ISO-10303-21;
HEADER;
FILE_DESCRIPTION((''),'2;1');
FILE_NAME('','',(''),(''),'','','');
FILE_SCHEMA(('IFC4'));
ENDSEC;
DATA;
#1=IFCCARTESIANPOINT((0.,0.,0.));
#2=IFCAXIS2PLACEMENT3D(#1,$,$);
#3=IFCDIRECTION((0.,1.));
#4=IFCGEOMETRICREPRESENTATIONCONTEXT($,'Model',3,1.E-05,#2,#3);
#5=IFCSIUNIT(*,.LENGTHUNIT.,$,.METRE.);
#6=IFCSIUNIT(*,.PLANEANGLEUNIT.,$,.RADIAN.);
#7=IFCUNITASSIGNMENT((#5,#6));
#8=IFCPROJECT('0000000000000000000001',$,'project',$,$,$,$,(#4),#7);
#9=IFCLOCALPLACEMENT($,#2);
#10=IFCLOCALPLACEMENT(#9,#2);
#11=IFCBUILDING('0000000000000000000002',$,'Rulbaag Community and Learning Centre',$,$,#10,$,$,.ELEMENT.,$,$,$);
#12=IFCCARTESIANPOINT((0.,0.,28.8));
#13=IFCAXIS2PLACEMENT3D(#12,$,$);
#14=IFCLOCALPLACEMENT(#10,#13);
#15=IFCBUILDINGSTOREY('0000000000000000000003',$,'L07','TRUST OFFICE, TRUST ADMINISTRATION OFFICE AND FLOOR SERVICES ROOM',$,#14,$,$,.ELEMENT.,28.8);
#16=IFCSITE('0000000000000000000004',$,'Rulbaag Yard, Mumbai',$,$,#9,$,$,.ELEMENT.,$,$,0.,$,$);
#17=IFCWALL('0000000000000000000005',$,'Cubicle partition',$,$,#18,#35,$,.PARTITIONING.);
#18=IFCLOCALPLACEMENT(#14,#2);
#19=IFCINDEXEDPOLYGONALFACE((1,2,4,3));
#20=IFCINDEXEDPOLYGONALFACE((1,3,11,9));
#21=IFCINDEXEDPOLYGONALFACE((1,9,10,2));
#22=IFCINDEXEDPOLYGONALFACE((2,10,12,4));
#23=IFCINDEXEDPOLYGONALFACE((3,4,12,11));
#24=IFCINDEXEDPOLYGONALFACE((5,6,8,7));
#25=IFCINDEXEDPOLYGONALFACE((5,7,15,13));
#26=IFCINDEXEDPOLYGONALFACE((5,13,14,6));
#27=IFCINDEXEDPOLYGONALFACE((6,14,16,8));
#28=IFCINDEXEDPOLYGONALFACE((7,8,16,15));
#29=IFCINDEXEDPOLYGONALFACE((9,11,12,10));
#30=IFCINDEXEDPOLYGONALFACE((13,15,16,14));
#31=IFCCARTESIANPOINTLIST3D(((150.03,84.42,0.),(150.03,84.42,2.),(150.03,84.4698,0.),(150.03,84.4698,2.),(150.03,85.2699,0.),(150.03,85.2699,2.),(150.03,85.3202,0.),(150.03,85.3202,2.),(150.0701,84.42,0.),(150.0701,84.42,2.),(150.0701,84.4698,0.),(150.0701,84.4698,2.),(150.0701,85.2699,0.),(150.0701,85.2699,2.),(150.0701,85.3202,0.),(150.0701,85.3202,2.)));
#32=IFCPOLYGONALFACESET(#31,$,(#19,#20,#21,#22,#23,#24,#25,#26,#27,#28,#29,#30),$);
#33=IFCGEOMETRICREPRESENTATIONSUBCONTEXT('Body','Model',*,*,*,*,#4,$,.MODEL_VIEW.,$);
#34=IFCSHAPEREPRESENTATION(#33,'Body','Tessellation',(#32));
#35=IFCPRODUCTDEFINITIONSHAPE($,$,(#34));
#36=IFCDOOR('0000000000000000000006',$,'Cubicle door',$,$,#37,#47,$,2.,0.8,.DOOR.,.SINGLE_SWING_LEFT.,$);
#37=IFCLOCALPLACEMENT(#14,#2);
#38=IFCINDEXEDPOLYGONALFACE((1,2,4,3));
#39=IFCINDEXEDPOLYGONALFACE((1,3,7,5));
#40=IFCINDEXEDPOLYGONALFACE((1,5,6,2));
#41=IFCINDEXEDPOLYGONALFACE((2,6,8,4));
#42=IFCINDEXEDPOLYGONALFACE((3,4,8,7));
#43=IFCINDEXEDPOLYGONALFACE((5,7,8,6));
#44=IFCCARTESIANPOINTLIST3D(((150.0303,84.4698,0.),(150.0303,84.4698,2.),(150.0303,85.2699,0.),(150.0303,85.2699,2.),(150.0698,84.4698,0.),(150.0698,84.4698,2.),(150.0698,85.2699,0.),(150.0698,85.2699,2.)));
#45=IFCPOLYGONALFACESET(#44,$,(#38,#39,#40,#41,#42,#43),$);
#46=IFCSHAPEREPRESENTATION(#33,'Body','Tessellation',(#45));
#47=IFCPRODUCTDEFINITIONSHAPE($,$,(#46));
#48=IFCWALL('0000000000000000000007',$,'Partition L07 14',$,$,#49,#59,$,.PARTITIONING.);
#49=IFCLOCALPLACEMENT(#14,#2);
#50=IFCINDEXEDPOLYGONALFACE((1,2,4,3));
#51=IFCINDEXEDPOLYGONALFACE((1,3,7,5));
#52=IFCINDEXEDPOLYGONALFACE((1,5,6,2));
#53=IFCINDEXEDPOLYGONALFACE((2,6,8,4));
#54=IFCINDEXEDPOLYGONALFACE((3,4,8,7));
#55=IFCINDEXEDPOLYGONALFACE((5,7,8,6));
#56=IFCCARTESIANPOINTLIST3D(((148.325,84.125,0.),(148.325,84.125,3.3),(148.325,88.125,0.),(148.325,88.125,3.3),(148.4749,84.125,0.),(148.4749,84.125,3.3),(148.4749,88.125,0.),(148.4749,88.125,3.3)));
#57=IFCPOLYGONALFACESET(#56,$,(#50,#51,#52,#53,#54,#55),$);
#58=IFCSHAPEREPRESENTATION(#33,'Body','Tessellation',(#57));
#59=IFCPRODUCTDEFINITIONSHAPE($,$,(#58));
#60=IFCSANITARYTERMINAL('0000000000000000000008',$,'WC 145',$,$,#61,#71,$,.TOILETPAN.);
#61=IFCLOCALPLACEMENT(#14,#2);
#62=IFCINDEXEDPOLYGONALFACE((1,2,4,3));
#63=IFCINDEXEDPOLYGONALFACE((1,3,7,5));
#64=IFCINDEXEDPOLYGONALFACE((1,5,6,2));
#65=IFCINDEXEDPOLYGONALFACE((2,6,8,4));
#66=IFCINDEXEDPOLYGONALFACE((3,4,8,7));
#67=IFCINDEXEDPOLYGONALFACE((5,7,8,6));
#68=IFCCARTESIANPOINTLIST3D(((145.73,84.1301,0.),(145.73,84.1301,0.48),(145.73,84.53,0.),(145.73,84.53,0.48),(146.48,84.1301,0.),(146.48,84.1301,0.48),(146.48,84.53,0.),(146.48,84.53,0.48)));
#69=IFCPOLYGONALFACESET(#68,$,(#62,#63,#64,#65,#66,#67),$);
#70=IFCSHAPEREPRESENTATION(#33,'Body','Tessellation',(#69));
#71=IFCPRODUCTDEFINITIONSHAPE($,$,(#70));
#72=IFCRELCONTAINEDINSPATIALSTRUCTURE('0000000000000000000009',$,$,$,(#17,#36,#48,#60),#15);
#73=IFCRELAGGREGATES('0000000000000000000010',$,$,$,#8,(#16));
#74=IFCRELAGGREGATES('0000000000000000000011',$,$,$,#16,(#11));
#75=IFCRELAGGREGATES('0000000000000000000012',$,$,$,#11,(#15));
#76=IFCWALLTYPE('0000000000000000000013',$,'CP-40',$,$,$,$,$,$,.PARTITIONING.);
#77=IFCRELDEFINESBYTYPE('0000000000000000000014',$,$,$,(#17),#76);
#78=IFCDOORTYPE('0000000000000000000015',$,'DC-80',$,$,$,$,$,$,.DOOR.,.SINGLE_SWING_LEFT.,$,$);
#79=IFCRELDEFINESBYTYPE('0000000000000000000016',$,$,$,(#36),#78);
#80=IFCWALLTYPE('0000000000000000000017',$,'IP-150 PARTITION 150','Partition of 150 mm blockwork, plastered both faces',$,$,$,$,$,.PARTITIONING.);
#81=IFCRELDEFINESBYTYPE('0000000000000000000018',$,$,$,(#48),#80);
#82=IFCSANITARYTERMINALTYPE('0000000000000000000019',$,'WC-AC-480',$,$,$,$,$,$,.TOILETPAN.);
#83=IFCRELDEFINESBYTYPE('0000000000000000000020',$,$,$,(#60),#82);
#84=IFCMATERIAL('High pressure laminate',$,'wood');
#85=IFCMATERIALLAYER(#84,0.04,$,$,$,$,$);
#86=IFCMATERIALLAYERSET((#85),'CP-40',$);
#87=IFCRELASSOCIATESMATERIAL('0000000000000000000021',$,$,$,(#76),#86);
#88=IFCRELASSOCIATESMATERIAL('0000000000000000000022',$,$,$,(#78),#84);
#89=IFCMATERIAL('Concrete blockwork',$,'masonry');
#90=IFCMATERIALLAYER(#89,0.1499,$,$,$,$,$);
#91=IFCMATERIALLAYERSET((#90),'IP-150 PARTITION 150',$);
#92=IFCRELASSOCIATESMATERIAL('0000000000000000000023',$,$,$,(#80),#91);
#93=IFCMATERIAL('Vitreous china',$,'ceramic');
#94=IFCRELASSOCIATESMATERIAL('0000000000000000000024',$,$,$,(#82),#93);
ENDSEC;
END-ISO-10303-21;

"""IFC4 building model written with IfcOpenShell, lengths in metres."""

from ifc_helpers import new_model, si_unit, direction, frame, frame_2d, origin, origin_2d, place, context, subcontext, project, spatial, rectangle, extrude, material, layer, layer_set, type_object, element, fill, save


model = new_model("IFC4")

# Units and contexts
model_context = context("Model", 3, precision=1e-05, world=origin(), true_north=direction((0.0, 1.0)))
body_context = subcontext(model_context, "Body", "Model", "MODEL_VIEW")
ifc_project = project(units=[si_unit("LENGTHUNIT", "METRE"), si_unit("PLANEANGLEUNIT", "RADIAN")], contexts=[model_context])

# Site, building, storey
site_placement = place(None, origin())
site = spatial("IfcSite", under=ifc_project, at=site_placement, Name="Rulbaag Yard, Mumbai", CompositionType="ELEMENT", RefElevation=0.0)
building_placement = place(site_placement, origin())
building = spatial("IfcBuilding", under=site, at=building_placement, Name="Rulbaag Community and Learning Centre", CompositionType="ELEMENT")
storey_placement = place(building_placement, frame((0.0, 0.0, 28.8)))
storey = spatial("IfcBuildingStorey", under=building, at=storey_placement, Name="L07", Description="TRUST OFFICE, TRUST ADMINISTRATION OFFICE AND FLOOR SERVICES ROOM", CompositionType="ELEMENT", Elevation=28.8)

# Shared definitions
ifc_material_1 = material(Name="High pressure laminate", Category="wood")
ifc_layer_1 = layer(ifc_material_1, 0.04)
ifc_layer_set_1 = layer_set([ifc_layer_1], Name="CP-40")
wall_type_1 = type_object("IfcWallType", Name="CP-40", PredefinedType="PARTITIONING", material=ifc_layer_set_1)

# Wall, opening, door
wall_1_placement = place(storey_placement, frame((150.05, 84.4199, 0.0), z_axis=(0.0, 0.0, 1.0), x_axis=(0.0, 1.0, 0.0)))
wall_1 = element("IfcWall", 1, at=wall_1_placement, inside=storey, type_object=wall_type_1, Name="Cubicle partition", PredefinedType="PARTITIONING", context=body_context, shape_type="SweptSolid", body=[
    extrude(rectangle(XDim=0.9001, YDim=0.04, at=frame_2d((0.4502, 0.0))), origin(), (0.0, 0.0, 1.0), 2.0),
])
opening_placement = place(wall_1_placement, frame((0.05, 0.0, 0.0)))
opening = element("IfcOpeningElement", 2, at=opening_placement, cuts=wall_1, PredefinedType="OPENING", context=body_context, shape_type="SweptSolid", body=[
    extrude(rectangle(XDim=0.8, YDim=2.0, at=frame_2d((0.3999, 1.0))), frame((0.0, 0.03, 0.0), z_axis=(0.0, -1.0, 0.0), x_axis=(1.0, 0.0, 0.0)), (0.0, 0.0, 1.0), 0.0601),
])
door_type = type_object("IfcDoorType", Name="DC-80", OperationType="SINGLE_SWING_LEFT", PredefinedType="DOOR", material=ifc_material_1)
door_placement = place(opening_placement, origin())
door = element("IfcDoor", 3, at=door_placement, inside=storey, type_object=door_type, Name="Cubicle door", OperationType="SINGLE_SWING_LEFT", OverallHeight=2.0, OverallWidth=0.8, PredefinedType="DOOR", context=body_context, shape_type="SweptSolid", body=[
    extrude(rectangle(XDim=0.8, YDim=2.0, at=frame_2d((0.3999, 1.0))), frame((0.0, 0.0198, 0.0), z_axis=(0.0, -1.0, 0.0), x_axis=(1.0, 0.0, 0.0)), (0.0, 0.0, 1.0), 0.0396),
])
fill(opening, door)

# Wall
ifc_material_2 = material(Name="Concrete blockwork", Category="masonry")
ifc_layer_2 = layer(ifc_material_2, 0.1499)
ifc_layer_set_2 = layer_set([ifc_layer_2], Name="IP-150 PARTITION 150")
wall_type_2 = type_object("IfcWallType", Name="IP-150 PARTITION 150", Description="Partition of 150 mm blockwork, plastered both faces", PredefinedType="PARTITIONING", material=ifc_layer_set_2)
wall_2_placement = place(storey_placement, frame((148.3999, 84.125, 0.0), z_axis=(0.0, 0.0, 1.0), x_axis=(0.0, 1.0, 0.0)))
element("IfcWall", 4, at=wall_2_placement, inside=storey, type_object=wall_type_2, Name="Partition L07 14", PredefinedType="PARTITIONING", context=body_context, shape_type="SweptSolid", body=[
    extrude(rectangle(XDim=4.0, YDim=0.1499, at=frame_2d((2.0, 0.0))), origin(), (0.0, 0.0, 1.0), 3.3),
])

# Sanitary terminal
ifc_material_3 = material(Name="Vitreous china", Category="ceramic")
sanitary_terminal_type = type_object("IfcSanitaryTerminalType", Name="WC-AC-480", PredefinedType="TOILETPAN", material=ifc_material_3)
sanitary_terminal_placement = place(storey_placement, frame((146.105, 84.3301, 0.0), z_axis=(0.0, 0.0, 1.0), x_axis=(1.0, 0.0, 0.0)))
element("IfcSanitaryTerminal", 5, at=sanitary_terminal_placement, inside=storey, type_object=sanitary_terminal_type, Name="WC 145", PredefinedType="TOILETPAN", context=body_context, shape_type="SweptSolid", body=[
    extrude(rectangle(XDim=0.75, YDim=0.3999, at=origin_2d()), origin(), (0.0, 0.0, 1.0), 0.48),
])

save(model, "model.ifc")
